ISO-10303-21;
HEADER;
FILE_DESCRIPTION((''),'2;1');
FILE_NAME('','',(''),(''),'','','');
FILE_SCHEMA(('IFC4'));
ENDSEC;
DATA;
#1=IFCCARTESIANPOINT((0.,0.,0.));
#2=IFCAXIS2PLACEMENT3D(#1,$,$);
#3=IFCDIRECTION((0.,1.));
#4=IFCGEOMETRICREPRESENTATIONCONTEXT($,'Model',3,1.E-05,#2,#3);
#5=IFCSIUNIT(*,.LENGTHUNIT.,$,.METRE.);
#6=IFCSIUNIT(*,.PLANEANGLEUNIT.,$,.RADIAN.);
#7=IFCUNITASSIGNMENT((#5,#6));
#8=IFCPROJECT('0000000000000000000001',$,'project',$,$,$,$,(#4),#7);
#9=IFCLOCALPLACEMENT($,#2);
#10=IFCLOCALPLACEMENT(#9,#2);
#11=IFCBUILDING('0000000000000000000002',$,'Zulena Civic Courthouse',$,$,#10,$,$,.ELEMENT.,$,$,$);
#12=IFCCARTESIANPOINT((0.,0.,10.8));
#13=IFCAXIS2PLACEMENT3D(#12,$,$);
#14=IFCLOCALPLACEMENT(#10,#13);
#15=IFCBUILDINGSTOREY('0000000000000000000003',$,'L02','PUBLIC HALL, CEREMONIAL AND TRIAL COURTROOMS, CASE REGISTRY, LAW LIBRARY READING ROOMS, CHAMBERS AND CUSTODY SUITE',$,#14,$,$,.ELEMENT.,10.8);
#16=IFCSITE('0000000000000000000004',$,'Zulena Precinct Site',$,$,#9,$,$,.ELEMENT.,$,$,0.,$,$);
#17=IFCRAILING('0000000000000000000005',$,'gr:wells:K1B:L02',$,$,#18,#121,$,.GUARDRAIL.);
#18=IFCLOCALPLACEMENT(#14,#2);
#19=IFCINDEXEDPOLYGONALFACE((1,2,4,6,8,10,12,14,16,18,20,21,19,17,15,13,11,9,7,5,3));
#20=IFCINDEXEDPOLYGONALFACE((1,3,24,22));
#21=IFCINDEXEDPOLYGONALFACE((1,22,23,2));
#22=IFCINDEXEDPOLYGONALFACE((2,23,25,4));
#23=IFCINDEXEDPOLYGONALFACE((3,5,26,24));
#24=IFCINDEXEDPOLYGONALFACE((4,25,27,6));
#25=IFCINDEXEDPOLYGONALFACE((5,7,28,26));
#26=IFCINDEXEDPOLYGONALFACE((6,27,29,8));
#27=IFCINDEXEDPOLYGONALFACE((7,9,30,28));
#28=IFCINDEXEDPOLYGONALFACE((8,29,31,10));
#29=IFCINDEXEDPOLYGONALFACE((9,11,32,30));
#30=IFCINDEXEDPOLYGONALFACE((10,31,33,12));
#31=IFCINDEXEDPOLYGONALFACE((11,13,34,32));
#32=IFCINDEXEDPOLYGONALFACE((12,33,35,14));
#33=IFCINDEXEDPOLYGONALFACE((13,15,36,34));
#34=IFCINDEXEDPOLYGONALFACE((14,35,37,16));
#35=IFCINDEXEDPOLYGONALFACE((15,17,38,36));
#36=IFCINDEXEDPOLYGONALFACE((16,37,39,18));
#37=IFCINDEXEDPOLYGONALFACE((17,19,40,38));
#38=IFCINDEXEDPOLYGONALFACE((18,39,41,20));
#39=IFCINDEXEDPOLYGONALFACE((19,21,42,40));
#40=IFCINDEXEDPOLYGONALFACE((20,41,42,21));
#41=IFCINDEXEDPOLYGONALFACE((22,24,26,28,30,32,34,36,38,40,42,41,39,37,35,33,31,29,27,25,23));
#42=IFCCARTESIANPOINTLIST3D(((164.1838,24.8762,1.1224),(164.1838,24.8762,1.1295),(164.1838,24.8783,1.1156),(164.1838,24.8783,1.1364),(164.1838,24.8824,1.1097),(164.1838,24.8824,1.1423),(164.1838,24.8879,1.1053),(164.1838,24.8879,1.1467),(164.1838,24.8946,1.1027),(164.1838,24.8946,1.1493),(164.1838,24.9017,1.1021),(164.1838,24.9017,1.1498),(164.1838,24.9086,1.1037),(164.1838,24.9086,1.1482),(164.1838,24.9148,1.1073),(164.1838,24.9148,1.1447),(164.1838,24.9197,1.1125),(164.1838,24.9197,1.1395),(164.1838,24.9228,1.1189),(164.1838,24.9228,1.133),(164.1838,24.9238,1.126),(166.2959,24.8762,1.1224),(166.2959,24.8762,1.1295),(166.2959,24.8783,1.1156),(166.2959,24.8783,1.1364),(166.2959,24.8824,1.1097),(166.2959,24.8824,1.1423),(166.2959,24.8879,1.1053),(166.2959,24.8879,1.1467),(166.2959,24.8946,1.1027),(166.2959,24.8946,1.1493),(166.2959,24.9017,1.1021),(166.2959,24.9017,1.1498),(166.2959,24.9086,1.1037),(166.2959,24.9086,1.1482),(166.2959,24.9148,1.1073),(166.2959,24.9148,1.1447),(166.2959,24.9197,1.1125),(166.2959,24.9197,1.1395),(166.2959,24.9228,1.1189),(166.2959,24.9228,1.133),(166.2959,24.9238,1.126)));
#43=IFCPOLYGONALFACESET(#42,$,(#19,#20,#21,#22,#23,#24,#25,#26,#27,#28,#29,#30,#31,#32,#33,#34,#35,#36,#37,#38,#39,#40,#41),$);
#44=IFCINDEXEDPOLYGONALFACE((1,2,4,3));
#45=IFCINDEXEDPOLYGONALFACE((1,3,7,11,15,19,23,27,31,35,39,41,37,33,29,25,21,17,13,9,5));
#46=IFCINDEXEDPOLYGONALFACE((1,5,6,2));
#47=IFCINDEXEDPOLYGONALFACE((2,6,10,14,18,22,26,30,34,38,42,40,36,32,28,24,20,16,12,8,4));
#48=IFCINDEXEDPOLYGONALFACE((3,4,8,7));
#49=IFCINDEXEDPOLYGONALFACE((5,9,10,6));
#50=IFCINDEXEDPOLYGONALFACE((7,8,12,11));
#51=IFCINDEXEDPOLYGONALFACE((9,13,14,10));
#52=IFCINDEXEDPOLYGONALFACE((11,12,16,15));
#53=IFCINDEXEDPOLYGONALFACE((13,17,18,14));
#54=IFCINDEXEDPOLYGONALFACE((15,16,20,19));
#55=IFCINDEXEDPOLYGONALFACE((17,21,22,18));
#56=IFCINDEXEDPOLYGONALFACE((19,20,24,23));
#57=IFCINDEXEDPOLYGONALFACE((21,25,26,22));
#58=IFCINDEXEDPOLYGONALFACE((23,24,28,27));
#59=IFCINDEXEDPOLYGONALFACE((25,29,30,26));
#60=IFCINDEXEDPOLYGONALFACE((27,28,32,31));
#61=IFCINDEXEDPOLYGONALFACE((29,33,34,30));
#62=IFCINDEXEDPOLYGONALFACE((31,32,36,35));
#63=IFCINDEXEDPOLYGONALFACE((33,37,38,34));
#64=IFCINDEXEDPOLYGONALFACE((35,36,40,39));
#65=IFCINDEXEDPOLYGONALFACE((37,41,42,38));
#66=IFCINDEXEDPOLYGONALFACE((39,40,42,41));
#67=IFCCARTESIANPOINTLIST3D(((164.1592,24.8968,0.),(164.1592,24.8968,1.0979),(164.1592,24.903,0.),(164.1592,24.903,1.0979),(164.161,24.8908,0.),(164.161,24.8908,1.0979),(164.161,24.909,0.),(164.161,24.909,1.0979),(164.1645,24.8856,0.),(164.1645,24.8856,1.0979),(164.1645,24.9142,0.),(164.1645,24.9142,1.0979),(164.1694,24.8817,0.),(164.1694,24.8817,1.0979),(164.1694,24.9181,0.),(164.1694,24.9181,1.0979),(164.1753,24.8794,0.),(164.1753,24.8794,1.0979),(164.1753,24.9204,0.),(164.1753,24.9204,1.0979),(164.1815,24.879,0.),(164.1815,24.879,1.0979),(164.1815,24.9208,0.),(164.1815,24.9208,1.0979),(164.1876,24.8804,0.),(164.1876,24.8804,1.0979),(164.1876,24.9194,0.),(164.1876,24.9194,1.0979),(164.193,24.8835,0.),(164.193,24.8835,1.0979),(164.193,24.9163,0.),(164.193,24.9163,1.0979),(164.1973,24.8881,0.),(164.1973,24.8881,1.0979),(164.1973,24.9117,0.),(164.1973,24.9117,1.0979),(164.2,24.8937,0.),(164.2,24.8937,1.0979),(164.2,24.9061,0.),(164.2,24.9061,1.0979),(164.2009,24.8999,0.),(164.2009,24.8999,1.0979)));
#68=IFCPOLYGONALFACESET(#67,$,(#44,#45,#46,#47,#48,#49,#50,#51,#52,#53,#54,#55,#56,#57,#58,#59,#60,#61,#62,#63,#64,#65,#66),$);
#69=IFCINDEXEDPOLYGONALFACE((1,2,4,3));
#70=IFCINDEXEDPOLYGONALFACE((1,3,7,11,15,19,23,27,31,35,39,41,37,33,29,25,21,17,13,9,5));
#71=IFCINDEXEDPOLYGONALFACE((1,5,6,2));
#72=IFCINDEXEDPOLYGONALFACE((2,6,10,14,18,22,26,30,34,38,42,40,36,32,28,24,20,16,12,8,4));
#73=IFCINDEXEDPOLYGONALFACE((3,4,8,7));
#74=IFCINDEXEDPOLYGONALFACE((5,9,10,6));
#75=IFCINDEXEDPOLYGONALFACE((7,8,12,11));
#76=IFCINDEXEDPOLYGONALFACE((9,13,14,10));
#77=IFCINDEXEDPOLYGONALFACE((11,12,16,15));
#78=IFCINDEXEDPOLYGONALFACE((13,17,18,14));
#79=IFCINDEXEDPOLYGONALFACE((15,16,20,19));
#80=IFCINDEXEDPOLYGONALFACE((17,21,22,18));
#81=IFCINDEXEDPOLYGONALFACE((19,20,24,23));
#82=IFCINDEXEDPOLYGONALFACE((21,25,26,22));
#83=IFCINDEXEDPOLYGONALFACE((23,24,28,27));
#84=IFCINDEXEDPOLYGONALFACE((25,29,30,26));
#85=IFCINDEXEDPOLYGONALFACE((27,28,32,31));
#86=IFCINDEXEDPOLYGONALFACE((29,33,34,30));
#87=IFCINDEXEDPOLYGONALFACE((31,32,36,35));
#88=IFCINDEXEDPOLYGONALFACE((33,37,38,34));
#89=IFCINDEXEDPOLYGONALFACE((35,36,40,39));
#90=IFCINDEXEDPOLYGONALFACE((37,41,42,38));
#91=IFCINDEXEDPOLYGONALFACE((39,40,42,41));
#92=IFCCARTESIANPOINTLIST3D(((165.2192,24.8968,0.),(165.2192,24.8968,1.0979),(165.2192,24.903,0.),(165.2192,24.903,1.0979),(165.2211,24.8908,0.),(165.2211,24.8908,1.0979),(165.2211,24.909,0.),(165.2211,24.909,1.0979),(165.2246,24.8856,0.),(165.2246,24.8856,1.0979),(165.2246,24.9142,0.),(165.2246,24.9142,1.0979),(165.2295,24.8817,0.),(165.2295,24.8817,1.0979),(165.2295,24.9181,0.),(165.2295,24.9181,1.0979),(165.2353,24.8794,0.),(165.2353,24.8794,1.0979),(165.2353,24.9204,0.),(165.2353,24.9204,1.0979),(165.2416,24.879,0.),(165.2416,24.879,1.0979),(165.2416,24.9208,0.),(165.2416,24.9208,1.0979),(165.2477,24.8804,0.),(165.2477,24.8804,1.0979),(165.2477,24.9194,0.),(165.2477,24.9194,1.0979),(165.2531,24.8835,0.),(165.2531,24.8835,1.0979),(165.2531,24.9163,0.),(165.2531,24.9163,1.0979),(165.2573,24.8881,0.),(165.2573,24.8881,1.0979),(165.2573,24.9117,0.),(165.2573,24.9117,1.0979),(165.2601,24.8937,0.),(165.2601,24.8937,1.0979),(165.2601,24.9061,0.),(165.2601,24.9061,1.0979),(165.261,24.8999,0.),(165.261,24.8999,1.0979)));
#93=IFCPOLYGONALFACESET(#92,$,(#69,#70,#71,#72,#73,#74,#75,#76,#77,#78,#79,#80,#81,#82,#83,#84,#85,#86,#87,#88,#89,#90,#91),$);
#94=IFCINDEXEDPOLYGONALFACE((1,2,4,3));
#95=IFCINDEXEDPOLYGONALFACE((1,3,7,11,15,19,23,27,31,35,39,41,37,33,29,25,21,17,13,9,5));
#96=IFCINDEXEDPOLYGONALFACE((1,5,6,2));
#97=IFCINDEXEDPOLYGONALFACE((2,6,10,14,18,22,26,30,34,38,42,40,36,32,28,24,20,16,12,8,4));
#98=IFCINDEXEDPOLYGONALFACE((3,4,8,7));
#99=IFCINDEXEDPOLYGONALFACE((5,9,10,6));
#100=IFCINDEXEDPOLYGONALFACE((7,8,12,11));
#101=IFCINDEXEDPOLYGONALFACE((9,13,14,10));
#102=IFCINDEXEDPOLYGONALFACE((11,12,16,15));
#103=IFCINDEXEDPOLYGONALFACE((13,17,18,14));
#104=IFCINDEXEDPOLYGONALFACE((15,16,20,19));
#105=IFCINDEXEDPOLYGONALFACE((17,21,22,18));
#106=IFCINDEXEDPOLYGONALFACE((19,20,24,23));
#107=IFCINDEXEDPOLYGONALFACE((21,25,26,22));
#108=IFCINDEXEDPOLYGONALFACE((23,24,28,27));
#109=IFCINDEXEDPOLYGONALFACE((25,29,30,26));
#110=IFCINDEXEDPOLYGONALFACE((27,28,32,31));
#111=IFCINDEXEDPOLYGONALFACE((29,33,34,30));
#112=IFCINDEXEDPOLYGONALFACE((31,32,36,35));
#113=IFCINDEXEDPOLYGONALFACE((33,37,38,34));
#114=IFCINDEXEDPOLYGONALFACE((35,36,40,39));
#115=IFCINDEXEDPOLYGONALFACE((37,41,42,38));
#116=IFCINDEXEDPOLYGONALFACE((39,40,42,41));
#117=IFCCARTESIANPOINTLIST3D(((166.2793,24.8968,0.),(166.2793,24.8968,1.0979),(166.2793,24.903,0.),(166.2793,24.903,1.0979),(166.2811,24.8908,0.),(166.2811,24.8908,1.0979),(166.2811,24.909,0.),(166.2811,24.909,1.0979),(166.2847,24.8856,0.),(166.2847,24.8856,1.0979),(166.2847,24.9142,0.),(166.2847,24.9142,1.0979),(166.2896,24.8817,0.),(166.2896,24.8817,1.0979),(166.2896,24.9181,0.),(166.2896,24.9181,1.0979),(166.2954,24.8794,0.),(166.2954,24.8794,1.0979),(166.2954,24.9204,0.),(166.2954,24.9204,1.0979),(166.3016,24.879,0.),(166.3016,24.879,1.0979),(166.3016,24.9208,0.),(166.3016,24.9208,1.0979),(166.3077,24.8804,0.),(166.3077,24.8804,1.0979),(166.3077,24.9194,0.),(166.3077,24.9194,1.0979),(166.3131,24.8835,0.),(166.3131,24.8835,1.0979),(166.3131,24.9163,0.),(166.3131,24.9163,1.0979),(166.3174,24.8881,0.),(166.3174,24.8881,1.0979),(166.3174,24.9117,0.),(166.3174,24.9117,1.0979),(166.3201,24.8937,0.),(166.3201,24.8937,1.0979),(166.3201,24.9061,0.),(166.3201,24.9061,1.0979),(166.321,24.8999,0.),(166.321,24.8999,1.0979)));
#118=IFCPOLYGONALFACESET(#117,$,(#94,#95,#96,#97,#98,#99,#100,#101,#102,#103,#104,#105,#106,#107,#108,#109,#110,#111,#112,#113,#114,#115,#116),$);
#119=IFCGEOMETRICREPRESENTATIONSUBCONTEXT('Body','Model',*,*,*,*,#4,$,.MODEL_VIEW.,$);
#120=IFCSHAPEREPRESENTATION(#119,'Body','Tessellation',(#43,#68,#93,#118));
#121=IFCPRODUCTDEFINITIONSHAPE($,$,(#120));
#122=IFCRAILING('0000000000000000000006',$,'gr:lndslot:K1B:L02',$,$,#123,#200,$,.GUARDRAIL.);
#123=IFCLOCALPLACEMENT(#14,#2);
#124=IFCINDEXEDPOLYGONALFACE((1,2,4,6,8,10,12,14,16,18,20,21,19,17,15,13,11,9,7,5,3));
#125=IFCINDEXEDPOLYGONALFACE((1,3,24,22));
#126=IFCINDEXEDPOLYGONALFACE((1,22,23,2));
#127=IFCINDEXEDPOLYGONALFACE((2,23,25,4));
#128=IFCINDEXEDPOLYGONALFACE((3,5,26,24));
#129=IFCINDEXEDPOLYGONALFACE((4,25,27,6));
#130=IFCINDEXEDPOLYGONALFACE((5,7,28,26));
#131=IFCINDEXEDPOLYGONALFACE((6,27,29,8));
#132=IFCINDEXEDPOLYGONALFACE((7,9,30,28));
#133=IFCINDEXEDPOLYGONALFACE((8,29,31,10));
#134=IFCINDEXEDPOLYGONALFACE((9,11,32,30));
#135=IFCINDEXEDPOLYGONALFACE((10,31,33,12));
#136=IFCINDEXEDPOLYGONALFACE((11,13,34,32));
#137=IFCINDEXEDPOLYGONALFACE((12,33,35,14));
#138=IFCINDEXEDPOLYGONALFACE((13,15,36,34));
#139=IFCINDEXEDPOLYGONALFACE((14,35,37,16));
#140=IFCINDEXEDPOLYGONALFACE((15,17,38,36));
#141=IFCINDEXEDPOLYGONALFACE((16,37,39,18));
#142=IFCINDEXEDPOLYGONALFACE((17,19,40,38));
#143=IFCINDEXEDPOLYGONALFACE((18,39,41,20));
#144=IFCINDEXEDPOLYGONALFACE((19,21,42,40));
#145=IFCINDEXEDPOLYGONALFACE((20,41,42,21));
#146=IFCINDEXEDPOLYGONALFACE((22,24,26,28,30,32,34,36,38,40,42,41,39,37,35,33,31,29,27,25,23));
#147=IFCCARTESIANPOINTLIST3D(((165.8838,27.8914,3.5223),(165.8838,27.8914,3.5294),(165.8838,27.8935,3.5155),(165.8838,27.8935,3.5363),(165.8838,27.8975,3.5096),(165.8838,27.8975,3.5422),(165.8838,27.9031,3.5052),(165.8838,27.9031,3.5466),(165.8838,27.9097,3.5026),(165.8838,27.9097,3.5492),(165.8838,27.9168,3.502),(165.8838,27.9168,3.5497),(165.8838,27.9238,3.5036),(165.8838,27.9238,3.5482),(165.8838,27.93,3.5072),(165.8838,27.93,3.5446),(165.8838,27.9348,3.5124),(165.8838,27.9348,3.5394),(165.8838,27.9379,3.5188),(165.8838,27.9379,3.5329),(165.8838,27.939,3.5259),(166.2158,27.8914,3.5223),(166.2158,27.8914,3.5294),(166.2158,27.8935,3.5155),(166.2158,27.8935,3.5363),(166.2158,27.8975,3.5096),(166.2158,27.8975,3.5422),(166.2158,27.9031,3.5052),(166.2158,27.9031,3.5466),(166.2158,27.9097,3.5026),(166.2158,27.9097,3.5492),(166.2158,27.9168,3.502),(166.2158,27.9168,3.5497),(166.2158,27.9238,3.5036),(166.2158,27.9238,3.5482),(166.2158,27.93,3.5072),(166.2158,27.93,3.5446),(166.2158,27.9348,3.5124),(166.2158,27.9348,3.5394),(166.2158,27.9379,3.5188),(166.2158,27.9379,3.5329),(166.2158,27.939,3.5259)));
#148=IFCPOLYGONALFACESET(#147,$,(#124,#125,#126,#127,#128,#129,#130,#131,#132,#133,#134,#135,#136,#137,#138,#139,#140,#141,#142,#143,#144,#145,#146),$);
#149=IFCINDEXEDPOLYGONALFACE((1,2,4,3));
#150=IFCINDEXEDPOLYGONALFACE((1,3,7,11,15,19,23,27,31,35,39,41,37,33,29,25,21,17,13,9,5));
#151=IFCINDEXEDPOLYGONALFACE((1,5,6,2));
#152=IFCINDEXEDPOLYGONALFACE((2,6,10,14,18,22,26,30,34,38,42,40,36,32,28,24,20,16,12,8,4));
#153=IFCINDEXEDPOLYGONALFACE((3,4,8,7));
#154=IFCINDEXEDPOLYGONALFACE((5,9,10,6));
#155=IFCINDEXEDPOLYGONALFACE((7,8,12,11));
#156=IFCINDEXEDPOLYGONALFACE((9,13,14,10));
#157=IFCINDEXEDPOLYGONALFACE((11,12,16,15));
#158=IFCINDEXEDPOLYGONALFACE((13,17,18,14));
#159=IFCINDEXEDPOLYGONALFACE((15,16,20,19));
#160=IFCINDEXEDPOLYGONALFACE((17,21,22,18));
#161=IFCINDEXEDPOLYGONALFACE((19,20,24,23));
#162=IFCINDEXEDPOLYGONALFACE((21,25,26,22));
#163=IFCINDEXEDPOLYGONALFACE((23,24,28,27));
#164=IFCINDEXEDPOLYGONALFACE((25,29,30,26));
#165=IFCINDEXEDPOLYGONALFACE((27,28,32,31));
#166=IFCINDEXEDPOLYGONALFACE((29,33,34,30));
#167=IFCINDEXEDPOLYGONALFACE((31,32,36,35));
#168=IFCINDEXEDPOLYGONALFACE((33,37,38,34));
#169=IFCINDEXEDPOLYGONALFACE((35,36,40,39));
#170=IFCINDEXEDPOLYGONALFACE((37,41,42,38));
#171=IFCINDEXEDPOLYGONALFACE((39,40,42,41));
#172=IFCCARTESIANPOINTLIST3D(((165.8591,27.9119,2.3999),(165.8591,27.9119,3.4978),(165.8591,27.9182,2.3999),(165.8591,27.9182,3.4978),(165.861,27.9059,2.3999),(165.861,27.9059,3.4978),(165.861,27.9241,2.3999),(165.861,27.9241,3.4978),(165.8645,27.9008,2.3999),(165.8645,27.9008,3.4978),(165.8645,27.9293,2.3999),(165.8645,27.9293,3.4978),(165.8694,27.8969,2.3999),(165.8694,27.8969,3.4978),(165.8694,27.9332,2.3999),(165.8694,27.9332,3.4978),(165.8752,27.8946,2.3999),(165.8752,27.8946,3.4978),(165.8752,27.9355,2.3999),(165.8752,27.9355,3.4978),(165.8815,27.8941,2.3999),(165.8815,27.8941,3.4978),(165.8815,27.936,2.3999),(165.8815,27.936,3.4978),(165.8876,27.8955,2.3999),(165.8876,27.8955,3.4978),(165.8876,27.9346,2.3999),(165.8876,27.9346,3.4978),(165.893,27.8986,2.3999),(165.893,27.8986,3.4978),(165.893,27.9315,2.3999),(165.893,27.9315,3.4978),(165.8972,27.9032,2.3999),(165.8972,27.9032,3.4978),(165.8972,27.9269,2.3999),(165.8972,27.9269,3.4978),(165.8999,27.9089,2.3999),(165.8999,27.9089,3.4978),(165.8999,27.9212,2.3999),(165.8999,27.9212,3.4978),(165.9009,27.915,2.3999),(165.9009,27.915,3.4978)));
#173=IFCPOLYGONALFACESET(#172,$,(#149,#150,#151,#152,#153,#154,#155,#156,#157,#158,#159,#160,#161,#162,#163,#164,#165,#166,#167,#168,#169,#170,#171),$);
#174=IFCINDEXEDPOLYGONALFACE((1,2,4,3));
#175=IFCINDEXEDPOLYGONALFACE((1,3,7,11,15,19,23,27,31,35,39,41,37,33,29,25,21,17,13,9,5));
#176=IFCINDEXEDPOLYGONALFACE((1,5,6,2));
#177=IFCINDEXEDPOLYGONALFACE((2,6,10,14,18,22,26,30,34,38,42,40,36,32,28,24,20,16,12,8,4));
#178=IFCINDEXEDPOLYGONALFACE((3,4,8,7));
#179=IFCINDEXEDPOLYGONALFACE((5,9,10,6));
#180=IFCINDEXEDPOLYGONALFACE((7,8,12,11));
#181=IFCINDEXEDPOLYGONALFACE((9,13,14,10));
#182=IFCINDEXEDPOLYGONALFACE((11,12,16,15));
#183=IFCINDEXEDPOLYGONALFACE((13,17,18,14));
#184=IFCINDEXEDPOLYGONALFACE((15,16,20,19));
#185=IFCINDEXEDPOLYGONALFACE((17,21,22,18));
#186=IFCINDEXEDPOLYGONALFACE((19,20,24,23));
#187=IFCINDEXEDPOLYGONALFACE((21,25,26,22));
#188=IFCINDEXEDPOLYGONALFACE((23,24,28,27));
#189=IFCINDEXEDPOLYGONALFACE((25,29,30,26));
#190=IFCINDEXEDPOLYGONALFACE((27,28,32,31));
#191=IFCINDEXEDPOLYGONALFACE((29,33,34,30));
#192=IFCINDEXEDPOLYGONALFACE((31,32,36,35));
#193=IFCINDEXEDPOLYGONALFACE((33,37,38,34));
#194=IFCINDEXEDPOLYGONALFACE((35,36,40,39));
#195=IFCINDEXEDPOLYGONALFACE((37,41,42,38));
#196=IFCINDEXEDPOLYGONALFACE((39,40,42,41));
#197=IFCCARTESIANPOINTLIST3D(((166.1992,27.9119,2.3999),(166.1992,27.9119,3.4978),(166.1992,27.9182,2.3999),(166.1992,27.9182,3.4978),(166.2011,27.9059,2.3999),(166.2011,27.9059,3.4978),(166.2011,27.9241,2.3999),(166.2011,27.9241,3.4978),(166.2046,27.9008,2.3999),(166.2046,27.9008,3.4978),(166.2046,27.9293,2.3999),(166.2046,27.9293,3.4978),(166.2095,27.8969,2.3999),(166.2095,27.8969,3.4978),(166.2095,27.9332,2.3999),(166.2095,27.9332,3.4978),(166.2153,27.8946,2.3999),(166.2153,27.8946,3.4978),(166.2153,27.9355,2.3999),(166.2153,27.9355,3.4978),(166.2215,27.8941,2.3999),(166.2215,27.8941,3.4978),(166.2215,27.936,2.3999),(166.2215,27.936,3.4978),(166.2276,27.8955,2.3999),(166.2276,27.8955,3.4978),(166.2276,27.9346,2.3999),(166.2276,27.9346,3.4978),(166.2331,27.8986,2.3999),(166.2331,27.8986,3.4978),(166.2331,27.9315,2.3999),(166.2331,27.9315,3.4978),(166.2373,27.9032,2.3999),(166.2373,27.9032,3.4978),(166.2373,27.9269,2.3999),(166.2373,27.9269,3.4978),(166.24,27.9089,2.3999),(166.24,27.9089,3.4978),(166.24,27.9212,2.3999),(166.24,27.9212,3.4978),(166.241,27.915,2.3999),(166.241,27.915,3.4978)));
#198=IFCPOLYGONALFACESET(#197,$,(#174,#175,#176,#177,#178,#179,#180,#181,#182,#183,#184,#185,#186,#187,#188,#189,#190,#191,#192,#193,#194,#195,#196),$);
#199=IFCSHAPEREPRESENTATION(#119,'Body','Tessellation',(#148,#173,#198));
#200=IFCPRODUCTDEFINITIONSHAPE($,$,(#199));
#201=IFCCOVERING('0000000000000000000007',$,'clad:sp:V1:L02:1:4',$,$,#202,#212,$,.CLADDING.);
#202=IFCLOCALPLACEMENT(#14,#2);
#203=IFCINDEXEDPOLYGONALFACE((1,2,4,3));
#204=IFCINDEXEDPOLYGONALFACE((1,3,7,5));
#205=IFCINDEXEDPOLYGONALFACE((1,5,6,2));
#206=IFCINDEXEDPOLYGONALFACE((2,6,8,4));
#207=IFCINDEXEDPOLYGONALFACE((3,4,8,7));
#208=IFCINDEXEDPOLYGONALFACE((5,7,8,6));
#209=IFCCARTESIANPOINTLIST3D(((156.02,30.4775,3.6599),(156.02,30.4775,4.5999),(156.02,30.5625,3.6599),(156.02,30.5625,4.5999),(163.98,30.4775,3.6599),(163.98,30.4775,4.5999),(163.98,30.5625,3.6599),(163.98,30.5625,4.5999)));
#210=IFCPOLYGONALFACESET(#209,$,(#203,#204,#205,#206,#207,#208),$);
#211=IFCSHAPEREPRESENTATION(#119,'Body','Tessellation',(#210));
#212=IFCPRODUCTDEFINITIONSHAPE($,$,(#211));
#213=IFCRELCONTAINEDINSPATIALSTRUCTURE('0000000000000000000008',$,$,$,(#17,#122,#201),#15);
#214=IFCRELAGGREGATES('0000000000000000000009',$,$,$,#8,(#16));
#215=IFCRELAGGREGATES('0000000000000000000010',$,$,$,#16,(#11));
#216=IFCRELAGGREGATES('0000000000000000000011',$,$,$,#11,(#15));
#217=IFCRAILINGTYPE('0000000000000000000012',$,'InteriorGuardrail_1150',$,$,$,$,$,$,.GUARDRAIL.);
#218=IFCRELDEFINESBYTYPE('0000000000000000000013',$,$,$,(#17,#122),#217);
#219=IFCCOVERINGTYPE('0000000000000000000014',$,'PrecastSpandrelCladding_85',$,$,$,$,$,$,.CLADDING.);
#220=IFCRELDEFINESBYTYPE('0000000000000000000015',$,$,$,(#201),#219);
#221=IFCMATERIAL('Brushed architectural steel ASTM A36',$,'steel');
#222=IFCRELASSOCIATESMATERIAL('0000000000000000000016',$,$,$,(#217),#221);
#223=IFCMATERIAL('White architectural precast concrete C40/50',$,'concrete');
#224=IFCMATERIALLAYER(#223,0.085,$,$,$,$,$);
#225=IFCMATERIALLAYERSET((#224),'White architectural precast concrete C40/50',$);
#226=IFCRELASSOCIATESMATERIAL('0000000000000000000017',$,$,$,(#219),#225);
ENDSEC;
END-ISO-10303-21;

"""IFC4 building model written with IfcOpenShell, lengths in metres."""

from ifc_helpers import new_model, si_unit, direction, frame, origin, origin_2d, place, context, subcontext, project, spatial, rectangle, circle, extrude, material, layer, layer_set, type_object, element, save


model = new_model("IFC4")

# Units and contexts
model_context = context("Model", 3, precision=1e-05, world=origin(), true_north=direction((0.0, 1.0)))
body_context = subcontext(model_context, "Body", "Model", "MODEL_VIEW")
ifc_project = project(units=[si_unit("LENGTHUNIT", "METRE"), si_unit("PLANEANGLEUNIT", "RADIAN")], contexts=[model_context])

# Site, building, storey
site_placement = place(None, origin())
site = spatial("IfcSite", under=ifc_project, at=site_placement, Name="Zulena Precinct Site", CompositionType="ELEMENT", RefElevation=0.0)
building_placement = place(site_placement, origin())
building = spatial("IfcBuilding", under=site, at=building_placement, Name="Zulena Civic Courthouse", CompositionType="ELEMENT")
storey_placement = place(building_placement, frame((0.0, 0.0, 10.8)))
storey = spatial("IfcBuildingStorey", under=building, at=storey_placement, Name="L02", Description="PUBLIC HALL, CEREMONIAL AND TRIAL COURTROOMS, CASE REGISTRY, LAW LIBRARY READING ROOMS, CHAMBERS AND CUSTODY SUITE", CompositionType="ELEMENT", Elevation=10.8)

# Railings
ifc_material_1 = material(Name="Brushed architectural steel ASTM A36", Category="steel")
railing_type_1 = type_object("IfcRailingType", Name="InteriorGuardrail_1150", PredefinedType="GUARDRAIL", material=ifc_material_1)
railing_1_placement = place(storey_placement, frame((164.1799, 24.8999, 0.0)))
element("IfcRailing", 1, at=railing_1_placement, inside=storey, type_object=railing_type_1, Name="gr:wells:K1B:L02", PredefinedType="GUARDRAIL", context=body_context, shape_type="SweptSolid", body=[
    extrude(circle(Radius=0.0239, at=origin_2d()), frame((0.0039, 0.0, 1.126), z_axis=(1.0, 0.0, 0.0), x_axis=(0.0, 1.0, 0.0)), (0.0, 0.0, 1.0), 2.1121),
    extrude(circle(Radius=0.021, at=origin_2d()), origin(), (0.0, 0.0, 1.0), 1.0979),
    extrude(circle(Radius=0.021, at=origin_2d()), frame((1.0601, 0.0, 0.0)), (0.0, 0.0, 1.0), 1.0979),
    extrude(circle(Radius=0.021, at=origin_2d()), frame((2.1201, 0.0, 0.0)), (0.0, 0.0, 1.0), 1.0979),
])
railing_2_placement = place(storey_placement, frame((165.8799, 27.915, 2.3999)))
element("IfcRailing", 2, at=railing_2_placement, inside=storey, type_object=railing_type_1, Name="gr:lndslot:K1B:L02", PredefinedType="GUARDRAIL", context=body_context, shape_type="SweptSolid", body=[
    extrude(circle(Radius=0.0239, at=origin_2d()), frame((0.0039, 0.0, 1.126), z_axis=(1.0, 0.0, 0.0), x_axis=(0.0, 1.0, 0.0)), (0.0, 0.0, 1.0), 0.332),
    extrude(circle(Radius=0.021, at=origin_2d()), origin(), (0.0, 0.0, 1.0), 1.0979),
    extrude(circle(Radius=0.021, at=origin_2d()), frame((0.3401, 0.0, 0.0)), (0.0, 0.0, 1.0), 1.0979),
])

# Covering
ifc_material_2 = material(Name="White architectural precast concrete C40/50", Category="concrete")
ifc_layer_1 = layer(ifc_material_2, 0.085)
ifc_layer_set_1 = layer_set([ifc_layer_1], Name="White architectural precast concrete C40/50")
covering_type = type_object("IfcCoveringType", Name="PrecastSpandrelCladding_85", PredefinedType="CLADDING", material=ifc_layer_set_1)
covering_placement = place(storey_placement, frame((160.0, 30.52, 3.6599), z_axis=(0.0, 0.0, 1.0), x_axis=(1.0, 0.0, 0.0)))
element("IfcCovering", 3, at=covering_placement, inside=storey, type_object=covering_type, Name="clad:sp:V1:L02:1:4", PredefinedType="CLADDING", context=body_context, shape_type="SweptSolid", body=[
    extrude(rectangle(XDim=7.96, YDim=0.085, at=origin_2d()), origin(), (0.0, 0.0, 1.0), 0.9399),
])

save(model, "model.ifc")
